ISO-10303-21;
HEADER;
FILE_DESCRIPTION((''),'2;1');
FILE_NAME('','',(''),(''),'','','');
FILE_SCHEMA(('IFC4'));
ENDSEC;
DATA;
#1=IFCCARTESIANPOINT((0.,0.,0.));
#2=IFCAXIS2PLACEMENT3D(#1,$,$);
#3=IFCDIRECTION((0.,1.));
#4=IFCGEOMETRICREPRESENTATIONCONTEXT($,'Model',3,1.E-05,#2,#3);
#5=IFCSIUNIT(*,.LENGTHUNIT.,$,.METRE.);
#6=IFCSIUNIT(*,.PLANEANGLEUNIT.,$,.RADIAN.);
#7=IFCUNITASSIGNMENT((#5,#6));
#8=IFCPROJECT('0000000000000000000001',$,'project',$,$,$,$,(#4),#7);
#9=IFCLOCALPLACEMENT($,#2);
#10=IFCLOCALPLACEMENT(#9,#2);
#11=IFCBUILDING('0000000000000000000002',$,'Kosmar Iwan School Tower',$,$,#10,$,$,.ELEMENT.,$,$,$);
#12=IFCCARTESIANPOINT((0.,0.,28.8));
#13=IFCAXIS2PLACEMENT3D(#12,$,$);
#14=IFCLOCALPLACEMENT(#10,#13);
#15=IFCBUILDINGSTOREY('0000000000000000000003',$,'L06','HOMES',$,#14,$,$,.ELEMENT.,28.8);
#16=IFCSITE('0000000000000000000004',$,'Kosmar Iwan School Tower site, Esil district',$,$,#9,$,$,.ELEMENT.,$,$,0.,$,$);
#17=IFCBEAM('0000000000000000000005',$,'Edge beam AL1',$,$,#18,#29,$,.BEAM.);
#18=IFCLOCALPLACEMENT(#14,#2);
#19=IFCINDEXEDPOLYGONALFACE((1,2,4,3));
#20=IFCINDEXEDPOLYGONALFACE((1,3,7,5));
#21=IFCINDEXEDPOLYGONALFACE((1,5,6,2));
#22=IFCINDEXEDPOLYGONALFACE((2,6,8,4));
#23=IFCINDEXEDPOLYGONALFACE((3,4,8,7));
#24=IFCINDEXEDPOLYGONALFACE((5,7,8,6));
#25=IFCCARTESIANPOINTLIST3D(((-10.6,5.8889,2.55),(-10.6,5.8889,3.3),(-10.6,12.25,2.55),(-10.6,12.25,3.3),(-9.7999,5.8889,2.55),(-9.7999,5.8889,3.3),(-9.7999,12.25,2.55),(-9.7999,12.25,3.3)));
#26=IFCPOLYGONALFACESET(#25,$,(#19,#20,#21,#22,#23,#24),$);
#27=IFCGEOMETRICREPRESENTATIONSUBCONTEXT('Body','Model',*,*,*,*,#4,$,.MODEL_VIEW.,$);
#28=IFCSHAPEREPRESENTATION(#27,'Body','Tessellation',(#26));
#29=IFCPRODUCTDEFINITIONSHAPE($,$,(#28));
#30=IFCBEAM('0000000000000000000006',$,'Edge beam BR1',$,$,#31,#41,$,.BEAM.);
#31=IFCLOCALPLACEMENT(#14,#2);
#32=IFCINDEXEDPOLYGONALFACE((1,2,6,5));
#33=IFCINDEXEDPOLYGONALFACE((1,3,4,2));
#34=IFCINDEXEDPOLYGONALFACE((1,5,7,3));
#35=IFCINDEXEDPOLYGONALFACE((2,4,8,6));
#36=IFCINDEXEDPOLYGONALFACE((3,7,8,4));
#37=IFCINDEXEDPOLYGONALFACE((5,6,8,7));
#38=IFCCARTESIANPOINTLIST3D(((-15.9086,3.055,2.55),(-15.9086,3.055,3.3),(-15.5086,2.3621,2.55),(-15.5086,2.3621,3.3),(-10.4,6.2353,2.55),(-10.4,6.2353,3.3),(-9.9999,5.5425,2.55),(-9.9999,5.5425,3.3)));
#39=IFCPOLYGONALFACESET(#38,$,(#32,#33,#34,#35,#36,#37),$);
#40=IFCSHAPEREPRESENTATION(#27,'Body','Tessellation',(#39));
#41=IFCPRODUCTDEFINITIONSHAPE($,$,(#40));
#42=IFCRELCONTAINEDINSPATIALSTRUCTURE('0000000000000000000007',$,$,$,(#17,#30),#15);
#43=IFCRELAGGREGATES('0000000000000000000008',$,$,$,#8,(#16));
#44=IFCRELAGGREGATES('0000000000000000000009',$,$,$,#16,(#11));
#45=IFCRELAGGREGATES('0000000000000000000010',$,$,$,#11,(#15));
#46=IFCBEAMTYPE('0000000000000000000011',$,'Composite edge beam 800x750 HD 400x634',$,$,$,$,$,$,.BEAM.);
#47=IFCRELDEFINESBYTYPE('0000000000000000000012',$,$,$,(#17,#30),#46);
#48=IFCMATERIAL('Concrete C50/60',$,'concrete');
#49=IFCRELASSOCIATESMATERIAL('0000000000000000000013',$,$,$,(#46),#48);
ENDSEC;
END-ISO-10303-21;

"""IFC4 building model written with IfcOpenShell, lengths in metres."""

from ifc_helpers import new_model, si_unit, direction, frame, origin, origin_2d, place, context, subcontext, project, spatial, rectangle, extrude, material, material_profile, profile_set, type_object, element, save


model = new_model("IFC4")

# Units and contexts
model_context = context("Model", 3, precision=1e-05, world=origin(), true_north=direction((0.0, 1.0)))
body_context = subcontext(model_context, "Body", "Model", "MODEL_VIEW")
ifc_project = project(units=[si_unit("LENGTHUNIT", "METRE"), si_unit("PLANEANGLEUNIT", "RADIAN")], contexts=[model_context])

# Site, building, storey
site_placement = place(None, origin())
site = spatial("IfcSite", under=ifc_project, at=site_placement, Name="Kosmar Iwan School Tower site, Esil district", CompositionType="ELEMENT", RefElevation=0.0)
building_placement = place(site_placement, origin())
building = spatial("IfcBuilding", under=site, at=building_placement, Name="Kosmar Iwan School Tower", CompositionType="ELEMENT")
storey_placement = place(building_placement, frame((0.0, 0.0, 28.8)))
storey = spatial("IfcBuildingStorey", under=building, at=storey_placement, Name="L06", Description="HOMES", CompositionType="ELEMENT", Elevation=28.8)

# Beams
ifc_material_1 = material(Name="Concrete C50/60", Category="concrete")
ifc_material_profile = material_profile(ifc_material_1, rectangle(XDim=0.8, YDim=0.75, at=origin_2d()), Name="RC 800x750 + HD 400x634")
ifc_profile_set = profile_set([ifc_material_profile], Name="Concrete C50/60")
beam_type = type_object("IfcBeamType", Name="Composite edge beam 800x750 HD 400x634", PredefinedType="BEAM", material=ifc_profile_set)
beam_1_placement = place(storey_placement, frame((-10.2, 5.8889, 2.925), z_axis=(0.0, 1.0, 0.0), x_axis=(-1.0, 0.0, 0.0)))
element("IfcBeam", 1, at=beam_1_placement, inside=storey, type_object=beam_type, Name="Edge beam AL1", PredefinedType="BEAM", context=body_context, shape_type="SweptSolid", body=[
    extrude(rectangle(XDim=0.8, YDim=0.75, at=origin_2d()), origin(), (0.0, 0.0, 1.0), 6.3611),
])
beam_2_placement = place(storey_placement, frame((-10.2, 5.8889, 2.925), z_axis=(-0.866031, -0.49999, 0.0), x_axis=(0.49999, -0.866031, 0.0)))
element("IfcBeam", 2, at=beam_2_placement, inside=storey, type_object=beam_type, Name="Edge beam BR1", PredefinedType="BEAM", context=body_context, shape_type="SweptSolid", body=[
    extrude(rectangle(XDim=0.8, YDim=0.75, at=origin_2d()), origin(), (0.0, 0.0, 1.0), 6.3608),
])

save(model, "model.ifc")
